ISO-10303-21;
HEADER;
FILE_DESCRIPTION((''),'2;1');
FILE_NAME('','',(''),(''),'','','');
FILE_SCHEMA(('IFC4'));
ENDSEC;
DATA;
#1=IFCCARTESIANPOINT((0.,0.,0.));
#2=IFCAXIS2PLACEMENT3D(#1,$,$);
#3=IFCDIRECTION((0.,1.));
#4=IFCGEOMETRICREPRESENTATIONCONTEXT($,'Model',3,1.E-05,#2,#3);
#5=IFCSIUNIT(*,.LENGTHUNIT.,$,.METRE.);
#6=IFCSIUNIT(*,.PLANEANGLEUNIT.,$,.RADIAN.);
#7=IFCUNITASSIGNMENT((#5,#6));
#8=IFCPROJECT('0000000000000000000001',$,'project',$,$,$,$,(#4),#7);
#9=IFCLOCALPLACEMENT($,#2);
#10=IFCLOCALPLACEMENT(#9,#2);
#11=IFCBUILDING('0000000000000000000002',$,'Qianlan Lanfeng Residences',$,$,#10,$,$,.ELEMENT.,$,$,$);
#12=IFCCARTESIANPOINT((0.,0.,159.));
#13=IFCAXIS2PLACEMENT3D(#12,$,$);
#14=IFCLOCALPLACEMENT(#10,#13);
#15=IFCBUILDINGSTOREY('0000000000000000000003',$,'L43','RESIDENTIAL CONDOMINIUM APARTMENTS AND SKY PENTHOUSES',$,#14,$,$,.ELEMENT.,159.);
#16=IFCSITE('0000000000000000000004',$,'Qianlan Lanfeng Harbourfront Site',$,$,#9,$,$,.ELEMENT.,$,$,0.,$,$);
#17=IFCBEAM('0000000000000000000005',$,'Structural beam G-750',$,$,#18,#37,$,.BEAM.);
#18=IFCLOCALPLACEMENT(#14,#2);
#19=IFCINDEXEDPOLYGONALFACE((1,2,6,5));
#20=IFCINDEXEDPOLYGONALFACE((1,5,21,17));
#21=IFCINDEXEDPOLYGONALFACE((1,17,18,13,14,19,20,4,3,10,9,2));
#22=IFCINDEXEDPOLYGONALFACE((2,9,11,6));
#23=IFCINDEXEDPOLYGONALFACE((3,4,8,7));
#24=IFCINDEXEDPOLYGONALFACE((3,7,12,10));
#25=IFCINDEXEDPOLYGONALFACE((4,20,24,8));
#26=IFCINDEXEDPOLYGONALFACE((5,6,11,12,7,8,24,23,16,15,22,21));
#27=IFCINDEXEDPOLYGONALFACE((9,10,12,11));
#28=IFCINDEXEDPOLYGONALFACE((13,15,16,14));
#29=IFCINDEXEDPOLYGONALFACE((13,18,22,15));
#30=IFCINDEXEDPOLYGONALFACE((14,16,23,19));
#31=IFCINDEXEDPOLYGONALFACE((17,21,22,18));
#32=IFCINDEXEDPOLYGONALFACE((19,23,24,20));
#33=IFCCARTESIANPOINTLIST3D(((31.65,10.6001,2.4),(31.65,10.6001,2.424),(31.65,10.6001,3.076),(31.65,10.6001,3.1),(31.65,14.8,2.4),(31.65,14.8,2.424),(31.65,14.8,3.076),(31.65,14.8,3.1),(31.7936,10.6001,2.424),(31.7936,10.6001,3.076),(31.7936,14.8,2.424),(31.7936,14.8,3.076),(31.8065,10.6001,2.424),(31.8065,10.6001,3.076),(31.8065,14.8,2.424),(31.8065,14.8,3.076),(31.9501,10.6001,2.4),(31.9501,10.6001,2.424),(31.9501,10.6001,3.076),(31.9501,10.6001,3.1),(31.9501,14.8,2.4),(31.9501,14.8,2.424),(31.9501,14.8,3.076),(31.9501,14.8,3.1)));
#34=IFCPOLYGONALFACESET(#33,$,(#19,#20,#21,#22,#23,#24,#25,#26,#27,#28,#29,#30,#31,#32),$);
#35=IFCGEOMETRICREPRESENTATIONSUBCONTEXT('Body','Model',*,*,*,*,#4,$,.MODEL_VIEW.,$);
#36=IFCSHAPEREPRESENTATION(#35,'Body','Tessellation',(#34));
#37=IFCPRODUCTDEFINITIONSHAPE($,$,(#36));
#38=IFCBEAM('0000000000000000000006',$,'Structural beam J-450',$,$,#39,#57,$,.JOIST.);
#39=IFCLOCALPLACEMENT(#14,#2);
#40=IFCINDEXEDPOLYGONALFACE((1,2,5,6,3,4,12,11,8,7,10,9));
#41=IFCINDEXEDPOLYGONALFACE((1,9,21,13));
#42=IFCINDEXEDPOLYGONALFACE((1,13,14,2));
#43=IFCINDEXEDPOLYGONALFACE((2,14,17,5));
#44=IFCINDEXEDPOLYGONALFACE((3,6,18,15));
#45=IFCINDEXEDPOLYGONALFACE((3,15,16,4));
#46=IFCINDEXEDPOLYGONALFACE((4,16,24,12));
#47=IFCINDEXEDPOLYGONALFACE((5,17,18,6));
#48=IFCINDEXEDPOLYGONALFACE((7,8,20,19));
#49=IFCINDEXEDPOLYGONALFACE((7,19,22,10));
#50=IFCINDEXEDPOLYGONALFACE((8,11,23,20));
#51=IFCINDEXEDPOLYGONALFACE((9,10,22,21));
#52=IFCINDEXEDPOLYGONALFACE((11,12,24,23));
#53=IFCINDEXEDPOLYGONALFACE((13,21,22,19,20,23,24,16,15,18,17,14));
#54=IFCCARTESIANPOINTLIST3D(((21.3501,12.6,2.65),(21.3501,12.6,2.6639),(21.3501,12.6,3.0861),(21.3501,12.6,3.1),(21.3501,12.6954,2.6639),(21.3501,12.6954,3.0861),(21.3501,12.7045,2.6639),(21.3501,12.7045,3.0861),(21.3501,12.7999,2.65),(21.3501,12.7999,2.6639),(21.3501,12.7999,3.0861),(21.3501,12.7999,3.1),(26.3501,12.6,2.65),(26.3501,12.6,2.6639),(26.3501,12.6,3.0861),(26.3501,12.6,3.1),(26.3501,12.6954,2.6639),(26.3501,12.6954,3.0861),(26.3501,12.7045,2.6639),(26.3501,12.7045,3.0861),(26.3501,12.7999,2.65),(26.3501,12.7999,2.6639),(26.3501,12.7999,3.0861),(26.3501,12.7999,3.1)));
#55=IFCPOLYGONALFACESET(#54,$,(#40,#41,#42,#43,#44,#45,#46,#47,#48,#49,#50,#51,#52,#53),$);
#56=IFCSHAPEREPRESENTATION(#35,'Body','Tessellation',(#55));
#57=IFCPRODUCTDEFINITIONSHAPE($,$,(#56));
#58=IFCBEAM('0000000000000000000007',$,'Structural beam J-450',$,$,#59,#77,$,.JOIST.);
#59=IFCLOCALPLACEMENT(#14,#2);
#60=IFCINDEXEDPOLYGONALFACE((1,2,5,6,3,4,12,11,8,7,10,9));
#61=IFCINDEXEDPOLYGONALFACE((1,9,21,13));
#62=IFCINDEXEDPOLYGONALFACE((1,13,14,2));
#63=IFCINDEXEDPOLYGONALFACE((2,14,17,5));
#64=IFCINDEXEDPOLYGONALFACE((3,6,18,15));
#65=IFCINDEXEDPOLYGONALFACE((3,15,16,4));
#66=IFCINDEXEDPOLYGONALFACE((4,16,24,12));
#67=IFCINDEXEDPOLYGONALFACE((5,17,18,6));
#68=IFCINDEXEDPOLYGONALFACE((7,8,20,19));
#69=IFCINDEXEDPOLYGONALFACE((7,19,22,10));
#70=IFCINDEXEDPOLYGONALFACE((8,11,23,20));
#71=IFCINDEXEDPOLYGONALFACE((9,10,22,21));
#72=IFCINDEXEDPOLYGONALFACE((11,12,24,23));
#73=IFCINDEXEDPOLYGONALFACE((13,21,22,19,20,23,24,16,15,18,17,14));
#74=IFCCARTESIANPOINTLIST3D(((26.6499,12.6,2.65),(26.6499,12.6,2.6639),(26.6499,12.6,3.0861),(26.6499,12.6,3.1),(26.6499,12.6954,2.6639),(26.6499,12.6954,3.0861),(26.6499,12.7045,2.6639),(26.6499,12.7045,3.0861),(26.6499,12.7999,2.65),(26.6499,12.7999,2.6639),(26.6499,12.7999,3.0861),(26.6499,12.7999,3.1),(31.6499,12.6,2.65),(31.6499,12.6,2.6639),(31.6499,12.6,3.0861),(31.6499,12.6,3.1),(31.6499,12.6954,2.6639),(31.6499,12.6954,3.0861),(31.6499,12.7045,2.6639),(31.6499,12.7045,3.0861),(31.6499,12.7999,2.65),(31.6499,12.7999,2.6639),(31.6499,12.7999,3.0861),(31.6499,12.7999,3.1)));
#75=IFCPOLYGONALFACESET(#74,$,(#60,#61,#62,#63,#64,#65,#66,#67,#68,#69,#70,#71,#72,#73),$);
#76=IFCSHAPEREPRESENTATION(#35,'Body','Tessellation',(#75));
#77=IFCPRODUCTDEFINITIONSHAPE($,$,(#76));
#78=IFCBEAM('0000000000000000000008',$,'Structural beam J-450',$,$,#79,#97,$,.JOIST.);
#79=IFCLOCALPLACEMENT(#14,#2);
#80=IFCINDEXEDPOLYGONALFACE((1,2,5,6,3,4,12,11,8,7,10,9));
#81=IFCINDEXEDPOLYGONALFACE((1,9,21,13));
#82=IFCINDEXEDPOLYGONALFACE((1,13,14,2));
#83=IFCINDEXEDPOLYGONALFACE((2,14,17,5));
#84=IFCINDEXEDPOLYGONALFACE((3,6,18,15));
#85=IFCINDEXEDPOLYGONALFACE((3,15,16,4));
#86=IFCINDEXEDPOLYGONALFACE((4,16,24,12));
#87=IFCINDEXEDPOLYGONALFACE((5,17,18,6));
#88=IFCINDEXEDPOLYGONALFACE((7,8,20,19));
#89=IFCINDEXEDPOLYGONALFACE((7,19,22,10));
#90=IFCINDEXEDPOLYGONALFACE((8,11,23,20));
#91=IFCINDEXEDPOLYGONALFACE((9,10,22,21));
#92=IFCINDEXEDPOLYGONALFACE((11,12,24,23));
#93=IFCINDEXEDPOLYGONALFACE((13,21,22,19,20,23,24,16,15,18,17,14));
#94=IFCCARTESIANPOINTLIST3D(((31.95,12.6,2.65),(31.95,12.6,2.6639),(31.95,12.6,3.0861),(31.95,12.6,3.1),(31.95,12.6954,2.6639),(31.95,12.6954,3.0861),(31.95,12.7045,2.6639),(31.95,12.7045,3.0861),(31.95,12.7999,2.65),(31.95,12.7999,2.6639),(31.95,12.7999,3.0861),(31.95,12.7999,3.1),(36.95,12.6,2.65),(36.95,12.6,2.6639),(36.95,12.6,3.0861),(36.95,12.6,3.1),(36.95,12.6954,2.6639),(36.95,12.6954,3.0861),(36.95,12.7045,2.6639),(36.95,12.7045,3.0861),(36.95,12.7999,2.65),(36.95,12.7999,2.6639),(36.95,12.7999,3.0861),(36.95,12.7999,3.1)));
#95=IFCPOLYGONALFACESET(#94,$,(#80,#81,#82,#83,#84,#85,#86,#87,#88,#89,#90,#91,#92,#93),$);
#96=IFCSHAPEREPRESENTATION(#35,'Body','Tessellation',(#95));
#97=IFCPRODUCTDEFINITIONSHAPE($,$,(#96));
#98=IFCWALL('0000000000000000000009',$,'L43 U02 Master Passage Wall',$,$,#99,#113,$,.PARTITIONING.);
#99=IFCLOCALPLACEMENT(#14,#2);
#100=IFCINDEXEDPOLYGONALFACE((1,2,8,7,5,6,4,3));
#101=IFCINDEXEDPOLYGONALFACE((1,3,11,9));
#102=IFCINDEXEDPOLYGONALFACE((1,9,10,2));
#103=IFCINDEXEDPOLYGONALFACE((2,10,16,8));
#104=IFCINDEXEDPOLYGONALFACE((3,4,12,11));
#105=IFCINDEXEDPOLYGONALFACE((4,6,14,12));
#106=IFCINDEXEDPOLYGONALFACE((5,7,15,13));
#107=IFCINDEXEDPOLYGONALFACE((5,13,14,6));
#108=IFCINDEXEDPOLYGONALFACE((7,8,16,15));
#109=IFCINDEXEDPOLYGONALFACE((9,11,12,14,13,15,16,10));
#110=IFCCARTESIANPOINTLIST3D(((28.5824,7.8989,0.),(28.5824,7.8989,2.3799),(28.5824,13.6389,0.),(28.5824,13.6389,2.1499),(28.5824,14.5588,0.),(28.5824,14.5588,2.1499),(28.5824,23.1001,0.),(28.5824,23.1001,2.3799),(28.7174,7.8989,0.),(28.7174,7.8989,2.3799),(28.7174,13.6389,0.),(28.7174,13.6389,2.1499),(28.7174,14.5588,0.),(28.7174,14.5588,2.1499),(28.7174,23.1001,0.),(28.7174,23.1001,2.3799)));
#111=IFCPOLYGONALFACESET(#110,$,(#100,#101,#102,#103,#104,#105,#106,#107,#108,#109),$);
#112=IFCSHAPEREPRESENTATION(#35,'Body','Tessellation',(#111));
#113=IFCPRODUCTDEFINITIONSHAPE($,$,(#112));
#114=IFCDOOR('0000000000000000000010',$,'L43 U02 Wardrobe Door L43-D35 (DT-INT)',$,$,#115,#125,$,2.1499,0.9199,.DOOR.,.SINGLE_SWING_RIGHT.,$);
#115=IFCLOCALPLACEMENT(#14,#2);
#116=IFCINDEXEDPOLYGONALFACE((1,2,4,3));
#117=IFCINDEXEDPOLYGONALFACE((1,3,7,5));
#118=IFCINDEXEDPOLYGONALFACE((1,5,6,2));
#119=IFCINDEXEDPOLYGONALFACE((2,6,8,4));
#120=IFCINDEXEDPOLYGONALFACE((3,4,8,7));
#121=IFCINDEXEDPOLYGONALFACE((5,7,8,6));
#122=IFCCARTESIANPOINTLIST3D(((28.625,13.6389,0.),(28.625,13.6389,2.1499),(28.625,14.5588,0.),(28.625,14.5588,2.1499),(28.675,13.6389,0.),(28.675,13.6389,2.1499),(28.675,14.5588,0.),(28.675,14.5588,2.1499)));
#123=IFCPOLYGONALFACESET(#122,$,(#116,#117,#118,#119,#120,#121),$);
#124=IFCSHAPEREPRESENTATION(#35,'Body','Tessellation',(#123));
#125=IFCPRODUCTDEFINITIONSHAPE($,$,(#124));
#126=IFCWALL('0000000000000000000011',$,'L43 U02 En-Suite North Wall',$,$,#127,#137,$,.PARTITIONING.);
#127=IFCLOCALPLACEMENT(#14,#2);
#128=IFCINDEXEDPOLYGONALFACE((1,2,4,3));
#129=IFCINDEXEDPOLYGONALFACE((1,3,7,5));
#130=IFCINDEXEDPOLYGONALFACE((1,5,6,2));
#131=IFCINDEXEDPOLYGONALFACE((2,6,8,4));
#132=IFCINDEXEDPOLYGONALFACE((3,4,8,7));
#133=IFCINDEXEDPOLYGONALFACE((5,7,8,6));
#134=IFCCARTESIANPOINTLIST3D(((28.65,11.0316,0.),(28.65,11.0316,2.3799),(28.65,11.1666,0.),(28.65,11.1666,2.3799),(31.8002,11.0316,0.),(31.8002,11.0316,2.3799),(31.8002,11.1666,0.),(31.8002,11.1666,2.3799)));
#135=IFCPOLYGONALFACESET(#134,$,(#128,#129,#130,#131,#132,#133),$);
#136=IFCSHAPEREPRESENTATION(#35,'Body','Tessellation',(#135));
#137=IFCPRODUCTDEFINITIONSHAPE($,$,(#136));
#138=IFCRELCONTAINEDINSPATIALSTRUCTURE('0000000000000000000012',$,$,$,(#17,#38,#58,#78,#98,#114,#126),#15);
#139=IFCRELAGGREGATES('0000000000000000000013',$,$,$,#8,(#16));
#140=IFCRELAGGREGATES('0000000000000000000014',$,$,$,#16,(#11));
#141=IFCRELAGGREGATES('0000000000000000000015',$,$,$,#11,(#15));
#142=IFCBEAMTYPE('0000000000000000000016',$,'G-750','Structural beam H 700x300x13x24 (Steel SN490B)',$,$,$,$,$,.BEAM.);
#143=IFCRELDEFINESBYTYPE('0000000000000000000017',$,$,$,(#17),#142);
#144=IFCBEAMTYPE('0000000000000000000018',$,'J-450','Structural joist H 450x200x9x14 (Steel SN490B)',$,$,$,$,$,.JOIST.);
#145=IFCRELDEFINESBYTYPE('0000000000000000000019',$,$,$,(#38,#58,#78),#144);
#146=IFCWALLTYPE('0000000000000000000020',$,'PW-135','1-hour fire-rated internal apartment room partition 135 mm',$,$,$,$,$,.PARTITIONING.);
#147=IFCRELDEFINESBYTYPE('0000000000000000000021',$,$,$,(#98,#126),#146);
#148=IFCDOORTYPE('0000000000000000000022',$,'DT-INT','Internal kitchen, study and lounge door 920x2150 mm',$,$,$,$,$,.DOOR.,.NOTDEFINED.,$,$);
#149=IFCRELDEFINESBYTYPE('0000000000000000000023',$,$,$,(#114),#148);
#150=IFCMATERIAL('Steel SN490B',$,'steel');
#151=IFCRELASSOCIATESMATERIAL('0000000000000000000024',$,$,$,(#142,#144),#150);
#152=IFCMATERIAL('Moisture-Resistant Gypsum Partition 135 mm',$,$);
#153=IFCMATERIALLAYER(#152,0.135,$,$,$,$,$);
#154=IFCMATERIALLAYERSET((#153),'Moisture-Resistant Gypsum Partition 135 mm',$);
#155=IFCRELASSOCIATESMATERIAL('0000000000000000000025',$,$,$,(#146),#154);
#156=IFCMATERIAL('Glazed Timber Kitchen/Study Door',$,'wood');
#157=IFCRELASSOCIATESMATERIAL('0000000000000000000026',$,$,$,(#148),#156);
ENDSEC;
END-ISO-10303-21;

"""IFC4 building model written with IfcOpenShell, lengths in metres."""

from ifc_helpers import new_model, si_unit, direction, frame, frame_2d, origin, origin_2d, place, context, subcontext, project, spatial, rectangle, i_section, extrude, material, layer, layer_set, material_profile, profile_set, type_object, element, fill, save


model = new_model("IFC4")

# Units and contexts
model_context = context("Model", 3, precision=1e-05, world=origin(), true_north=direction((0.0, 1.0)))
body_context = subcontext(model_context, "Body", "Model", "MODEL_VIEW")
ifc_project = project(units=[si_unit("LENGTHUNIT", "METRE"), si_unit("PLANEANGLEUNIT", "RADIAN")], contexts=[model_context])

# Site, building, storey
site_placement = place(None, origin())
site = spatial("IfcSite", under=ifc_project, at=site_placement, Name="Qianlan Lanfeng Harbourfront Site", CompositionType="ELEMENT", RefElevation=0.0)
building_placement = place(site_placement, origin())
building = spatial("IfcBuilding", under=site, at=building_placement, Name="Qianlan Lanfeng Residences", CompositionType="ELEMENT")
storey_placement = place(building_placement, frame((0.0, 0.0, 159.0)))
storey = spatial("IfcBuildingStorey", under=building, at=storey_placement, Name="L43", Description="RESIDENTIAL CONDOMINIUM APARTMENTS AND SKY PENTHOUSES", CompositionType="ELEMENT", Elevation=159.0)

# Shared definitions
ifc_material_1 = material(Name="Steel SN490B", Category="steel")

# Beams
ifc_material_profile_1 = material_profile(ifc_material_1, i_section(OverallWidth=0.3, OverallDepth=0.7, WebThickness=0.0129, FlangeThickness=0.0239, at=origin_2d()), Name="H 700x300x13x24")
ifc_profile_set_1 = profile_set([ifc_material_profile_1], Name="Steel SN490B")
beam_type_1 = type_object("IfcBeamType", Name="G-750", Description="Structural beam H 700x300x13x24 (Steel SN490B)", PredefinedType="BEAM", material=ifc_profile_set_1)
beam_1_placement = place(storey_placement, frame((31.8, 10.6001, 2.75), z_axis=(0.0, 1.0, 0.0), x_axis=(-1.0, 0.0, 0.0)))
element("IfcBeam", 1, at=beam_1_placement, inside=storey, type_object=beam_type_1, Name="Structural beam G-750", PredefinedType="BEAM", context=body_context, shape_type="SweptSolid", body=[
    extrude(i_section(OverallWidth=0.3, OverallDepth=0.7, WebThickness=0.0129, FlangeThickness=0.0239, at=origin_2d()), origin(), (0.0, 0.0, 1.0), 4.2),
])
ifc_material_profile_2 = material_profile(ifc_material_1, i_section(OverallWidth=0.2, OverallDepth=0.45, WebThickness=0.009, FlangeThickness=0.0139, at=origin_2d()), Name="H 450x200x9x14")
ifc_profile_set_2 = profile_set([ifc_material_profile_2], Name="Steel SN490B")
beam_type_2 = type_object("IfcBeamType", Name="J-450", Description="Structural joist H 450x200x9x14 (Steel SN490B)", PredefinedType="JOIST", material=ifc_profile_set_2)
for number, where, z_axis, x_axis, name in (
    (2, (21.3501, 12.7, 2.875), (1.0, 0.0, 0.0), (0.0, 1.0, 0.0), "Structural beam J-450"),
    (3, (26.6499, 12.7, 2.875), (1.0, 0.0, 0.0), (0.0, 1.0, 0.0), "Structural beam J-450"),
    (4, (31.95, 12.7, 2.875), (1.0, 0.0, 0.0), (0.0, 1.0, 0.0), "Structural beam J-450"),
):
    element("IfcBeam", number, at=place(storey_placement, frame(where, z_axis=z_axis, x_axis=x_axis)), inside=storey, type_object=beam_type_2, Name=name, PredefinedType="JOIST", context=body_context, shape_type="SweptSolid", body=[
        extrude(i_section(OverallWidth=0.2, OverallDepth=0.45, WebThickness=0.009, FlangeThickness=0.0139, at=origin_2d()), origin(), (0.0, 0.0, 1.0), 5.0),
    ])

# Shared definitions
ifc_material_2 = material(Name="Moisture-Resistant Gypsum Partition 135 mm")
ifc_layer = layer(ifc_material_2, 0.135)
ifc_layer_set = layer_set([ifc_layer], Name="Moisture-Resistant Gypsum Partition 135 mm")
wall_type = type_object("IfcWallType", Name="PW-135", Description="1-hour fire-rated internal apartment room partition 135 mm", PredefinedType="PARTITIONING", material=ifc_layer_set)
ifc_material_3 = material(Name="Glazed Timber Kitchen/Study Door", Category="wood")
door_type_1 = type_object("IfcDoorType", Name="DT-INT", Description="Internal kitchen, study and lounge door 920x2150 mm", OperationType="NOTDEFINED", PredefinedType="DOOR", material=ifc_material_3)

# Wall, opening, door
wall_1_placement = place(storey_placement, frame((28.6499, 7.8989, 0.0), z_axis=(0.0, 0.0, 1.0), x_axis=(0.0, 1.0, 0.0)))
wall_1 = element("IfcWall", 5, at=wall_1_placement, inside=storey, type_object=wall_type, Name="L43 U02 Master Passage Wall", PredefinedType="PARTITIONING", context=body_context, shape_type="SweptSolid", body=[
    extrude(rectangle(XDim=15.2012, YDim=0.135, at=frame_2d((7.6006, 0.0))), origin(), (0.0, 0.0, 1.0), 2.3799),
])
opening_1_placement = place(wall_1_placement, frame((5.74, 0.0, 0.0)))
opening_1 = element("IfcOpeningElement", 6, at=opening_1_placement, cuts=wall_1, PredefinedType="OPENING", context=body_context, shape_type="SweptSolid", body=[
    extrude(rectangle(XDim=0.9199, YDim=2.1499, at=frame_2d((0.46, 1.075))), frame((0.0, 0.0776, 0.0), z_axis=(0.0, -1.0, 0.0), x_axis=(1.0, 0.0, 0.0)), (0.0, 0.0, 1.0), 0.155),
])
door_1_placement = place(opening_1_placement, origin())
door_1 = element("IfcDoor", 7, at=door_1_placement, inside=storey, type_object=door_type_1, Name="L43 U02 Wardrobe Door L43-D35 (DT-INT)", OperationType="SINGLE_SWING_RIGHT", OverallHeight=2.1499, OverallWidth=0.9199, PredefinedType="DOOR", context=body_context, shape_type="SweptSolid", body=[
    extrude(rectangle(XDim=0.9199, YDim=2.1499, at=frame_2d((0.46, 1.075))), frame((0.0, 0.0249, 0.0), z_axis=(0.0, -1.0, 0.0), x_axis=(1.0, 0.0, 0.0)), (0.0, 0.0, 1.0), 0.05),
])
fill(opening_1, door_1)

# Wall
wall_2_placement = place(storey_placement, frame((28.6499, 11.0991, 0.0), z_axis=(0.0, 0.0, 1.0), x_axis=(1.0, 0.0, 0.0)))
element("IfcWall", 8, at=wall_2_placement, inside=storey, type_object=wall_type, Name="L43 U02 En-Suite North Wall", PredefinedType="PARTITIONING", context=body_context, shape_type="SweptSolid", body=[
    extrude(rectangle(XDim=3.1501, YDim=0.135, at=frame_2d((1.5752, 0.0))), origin(), (0.0, 0.0, 1.0), 2.3799),
])

save(model, "model.ifc")
